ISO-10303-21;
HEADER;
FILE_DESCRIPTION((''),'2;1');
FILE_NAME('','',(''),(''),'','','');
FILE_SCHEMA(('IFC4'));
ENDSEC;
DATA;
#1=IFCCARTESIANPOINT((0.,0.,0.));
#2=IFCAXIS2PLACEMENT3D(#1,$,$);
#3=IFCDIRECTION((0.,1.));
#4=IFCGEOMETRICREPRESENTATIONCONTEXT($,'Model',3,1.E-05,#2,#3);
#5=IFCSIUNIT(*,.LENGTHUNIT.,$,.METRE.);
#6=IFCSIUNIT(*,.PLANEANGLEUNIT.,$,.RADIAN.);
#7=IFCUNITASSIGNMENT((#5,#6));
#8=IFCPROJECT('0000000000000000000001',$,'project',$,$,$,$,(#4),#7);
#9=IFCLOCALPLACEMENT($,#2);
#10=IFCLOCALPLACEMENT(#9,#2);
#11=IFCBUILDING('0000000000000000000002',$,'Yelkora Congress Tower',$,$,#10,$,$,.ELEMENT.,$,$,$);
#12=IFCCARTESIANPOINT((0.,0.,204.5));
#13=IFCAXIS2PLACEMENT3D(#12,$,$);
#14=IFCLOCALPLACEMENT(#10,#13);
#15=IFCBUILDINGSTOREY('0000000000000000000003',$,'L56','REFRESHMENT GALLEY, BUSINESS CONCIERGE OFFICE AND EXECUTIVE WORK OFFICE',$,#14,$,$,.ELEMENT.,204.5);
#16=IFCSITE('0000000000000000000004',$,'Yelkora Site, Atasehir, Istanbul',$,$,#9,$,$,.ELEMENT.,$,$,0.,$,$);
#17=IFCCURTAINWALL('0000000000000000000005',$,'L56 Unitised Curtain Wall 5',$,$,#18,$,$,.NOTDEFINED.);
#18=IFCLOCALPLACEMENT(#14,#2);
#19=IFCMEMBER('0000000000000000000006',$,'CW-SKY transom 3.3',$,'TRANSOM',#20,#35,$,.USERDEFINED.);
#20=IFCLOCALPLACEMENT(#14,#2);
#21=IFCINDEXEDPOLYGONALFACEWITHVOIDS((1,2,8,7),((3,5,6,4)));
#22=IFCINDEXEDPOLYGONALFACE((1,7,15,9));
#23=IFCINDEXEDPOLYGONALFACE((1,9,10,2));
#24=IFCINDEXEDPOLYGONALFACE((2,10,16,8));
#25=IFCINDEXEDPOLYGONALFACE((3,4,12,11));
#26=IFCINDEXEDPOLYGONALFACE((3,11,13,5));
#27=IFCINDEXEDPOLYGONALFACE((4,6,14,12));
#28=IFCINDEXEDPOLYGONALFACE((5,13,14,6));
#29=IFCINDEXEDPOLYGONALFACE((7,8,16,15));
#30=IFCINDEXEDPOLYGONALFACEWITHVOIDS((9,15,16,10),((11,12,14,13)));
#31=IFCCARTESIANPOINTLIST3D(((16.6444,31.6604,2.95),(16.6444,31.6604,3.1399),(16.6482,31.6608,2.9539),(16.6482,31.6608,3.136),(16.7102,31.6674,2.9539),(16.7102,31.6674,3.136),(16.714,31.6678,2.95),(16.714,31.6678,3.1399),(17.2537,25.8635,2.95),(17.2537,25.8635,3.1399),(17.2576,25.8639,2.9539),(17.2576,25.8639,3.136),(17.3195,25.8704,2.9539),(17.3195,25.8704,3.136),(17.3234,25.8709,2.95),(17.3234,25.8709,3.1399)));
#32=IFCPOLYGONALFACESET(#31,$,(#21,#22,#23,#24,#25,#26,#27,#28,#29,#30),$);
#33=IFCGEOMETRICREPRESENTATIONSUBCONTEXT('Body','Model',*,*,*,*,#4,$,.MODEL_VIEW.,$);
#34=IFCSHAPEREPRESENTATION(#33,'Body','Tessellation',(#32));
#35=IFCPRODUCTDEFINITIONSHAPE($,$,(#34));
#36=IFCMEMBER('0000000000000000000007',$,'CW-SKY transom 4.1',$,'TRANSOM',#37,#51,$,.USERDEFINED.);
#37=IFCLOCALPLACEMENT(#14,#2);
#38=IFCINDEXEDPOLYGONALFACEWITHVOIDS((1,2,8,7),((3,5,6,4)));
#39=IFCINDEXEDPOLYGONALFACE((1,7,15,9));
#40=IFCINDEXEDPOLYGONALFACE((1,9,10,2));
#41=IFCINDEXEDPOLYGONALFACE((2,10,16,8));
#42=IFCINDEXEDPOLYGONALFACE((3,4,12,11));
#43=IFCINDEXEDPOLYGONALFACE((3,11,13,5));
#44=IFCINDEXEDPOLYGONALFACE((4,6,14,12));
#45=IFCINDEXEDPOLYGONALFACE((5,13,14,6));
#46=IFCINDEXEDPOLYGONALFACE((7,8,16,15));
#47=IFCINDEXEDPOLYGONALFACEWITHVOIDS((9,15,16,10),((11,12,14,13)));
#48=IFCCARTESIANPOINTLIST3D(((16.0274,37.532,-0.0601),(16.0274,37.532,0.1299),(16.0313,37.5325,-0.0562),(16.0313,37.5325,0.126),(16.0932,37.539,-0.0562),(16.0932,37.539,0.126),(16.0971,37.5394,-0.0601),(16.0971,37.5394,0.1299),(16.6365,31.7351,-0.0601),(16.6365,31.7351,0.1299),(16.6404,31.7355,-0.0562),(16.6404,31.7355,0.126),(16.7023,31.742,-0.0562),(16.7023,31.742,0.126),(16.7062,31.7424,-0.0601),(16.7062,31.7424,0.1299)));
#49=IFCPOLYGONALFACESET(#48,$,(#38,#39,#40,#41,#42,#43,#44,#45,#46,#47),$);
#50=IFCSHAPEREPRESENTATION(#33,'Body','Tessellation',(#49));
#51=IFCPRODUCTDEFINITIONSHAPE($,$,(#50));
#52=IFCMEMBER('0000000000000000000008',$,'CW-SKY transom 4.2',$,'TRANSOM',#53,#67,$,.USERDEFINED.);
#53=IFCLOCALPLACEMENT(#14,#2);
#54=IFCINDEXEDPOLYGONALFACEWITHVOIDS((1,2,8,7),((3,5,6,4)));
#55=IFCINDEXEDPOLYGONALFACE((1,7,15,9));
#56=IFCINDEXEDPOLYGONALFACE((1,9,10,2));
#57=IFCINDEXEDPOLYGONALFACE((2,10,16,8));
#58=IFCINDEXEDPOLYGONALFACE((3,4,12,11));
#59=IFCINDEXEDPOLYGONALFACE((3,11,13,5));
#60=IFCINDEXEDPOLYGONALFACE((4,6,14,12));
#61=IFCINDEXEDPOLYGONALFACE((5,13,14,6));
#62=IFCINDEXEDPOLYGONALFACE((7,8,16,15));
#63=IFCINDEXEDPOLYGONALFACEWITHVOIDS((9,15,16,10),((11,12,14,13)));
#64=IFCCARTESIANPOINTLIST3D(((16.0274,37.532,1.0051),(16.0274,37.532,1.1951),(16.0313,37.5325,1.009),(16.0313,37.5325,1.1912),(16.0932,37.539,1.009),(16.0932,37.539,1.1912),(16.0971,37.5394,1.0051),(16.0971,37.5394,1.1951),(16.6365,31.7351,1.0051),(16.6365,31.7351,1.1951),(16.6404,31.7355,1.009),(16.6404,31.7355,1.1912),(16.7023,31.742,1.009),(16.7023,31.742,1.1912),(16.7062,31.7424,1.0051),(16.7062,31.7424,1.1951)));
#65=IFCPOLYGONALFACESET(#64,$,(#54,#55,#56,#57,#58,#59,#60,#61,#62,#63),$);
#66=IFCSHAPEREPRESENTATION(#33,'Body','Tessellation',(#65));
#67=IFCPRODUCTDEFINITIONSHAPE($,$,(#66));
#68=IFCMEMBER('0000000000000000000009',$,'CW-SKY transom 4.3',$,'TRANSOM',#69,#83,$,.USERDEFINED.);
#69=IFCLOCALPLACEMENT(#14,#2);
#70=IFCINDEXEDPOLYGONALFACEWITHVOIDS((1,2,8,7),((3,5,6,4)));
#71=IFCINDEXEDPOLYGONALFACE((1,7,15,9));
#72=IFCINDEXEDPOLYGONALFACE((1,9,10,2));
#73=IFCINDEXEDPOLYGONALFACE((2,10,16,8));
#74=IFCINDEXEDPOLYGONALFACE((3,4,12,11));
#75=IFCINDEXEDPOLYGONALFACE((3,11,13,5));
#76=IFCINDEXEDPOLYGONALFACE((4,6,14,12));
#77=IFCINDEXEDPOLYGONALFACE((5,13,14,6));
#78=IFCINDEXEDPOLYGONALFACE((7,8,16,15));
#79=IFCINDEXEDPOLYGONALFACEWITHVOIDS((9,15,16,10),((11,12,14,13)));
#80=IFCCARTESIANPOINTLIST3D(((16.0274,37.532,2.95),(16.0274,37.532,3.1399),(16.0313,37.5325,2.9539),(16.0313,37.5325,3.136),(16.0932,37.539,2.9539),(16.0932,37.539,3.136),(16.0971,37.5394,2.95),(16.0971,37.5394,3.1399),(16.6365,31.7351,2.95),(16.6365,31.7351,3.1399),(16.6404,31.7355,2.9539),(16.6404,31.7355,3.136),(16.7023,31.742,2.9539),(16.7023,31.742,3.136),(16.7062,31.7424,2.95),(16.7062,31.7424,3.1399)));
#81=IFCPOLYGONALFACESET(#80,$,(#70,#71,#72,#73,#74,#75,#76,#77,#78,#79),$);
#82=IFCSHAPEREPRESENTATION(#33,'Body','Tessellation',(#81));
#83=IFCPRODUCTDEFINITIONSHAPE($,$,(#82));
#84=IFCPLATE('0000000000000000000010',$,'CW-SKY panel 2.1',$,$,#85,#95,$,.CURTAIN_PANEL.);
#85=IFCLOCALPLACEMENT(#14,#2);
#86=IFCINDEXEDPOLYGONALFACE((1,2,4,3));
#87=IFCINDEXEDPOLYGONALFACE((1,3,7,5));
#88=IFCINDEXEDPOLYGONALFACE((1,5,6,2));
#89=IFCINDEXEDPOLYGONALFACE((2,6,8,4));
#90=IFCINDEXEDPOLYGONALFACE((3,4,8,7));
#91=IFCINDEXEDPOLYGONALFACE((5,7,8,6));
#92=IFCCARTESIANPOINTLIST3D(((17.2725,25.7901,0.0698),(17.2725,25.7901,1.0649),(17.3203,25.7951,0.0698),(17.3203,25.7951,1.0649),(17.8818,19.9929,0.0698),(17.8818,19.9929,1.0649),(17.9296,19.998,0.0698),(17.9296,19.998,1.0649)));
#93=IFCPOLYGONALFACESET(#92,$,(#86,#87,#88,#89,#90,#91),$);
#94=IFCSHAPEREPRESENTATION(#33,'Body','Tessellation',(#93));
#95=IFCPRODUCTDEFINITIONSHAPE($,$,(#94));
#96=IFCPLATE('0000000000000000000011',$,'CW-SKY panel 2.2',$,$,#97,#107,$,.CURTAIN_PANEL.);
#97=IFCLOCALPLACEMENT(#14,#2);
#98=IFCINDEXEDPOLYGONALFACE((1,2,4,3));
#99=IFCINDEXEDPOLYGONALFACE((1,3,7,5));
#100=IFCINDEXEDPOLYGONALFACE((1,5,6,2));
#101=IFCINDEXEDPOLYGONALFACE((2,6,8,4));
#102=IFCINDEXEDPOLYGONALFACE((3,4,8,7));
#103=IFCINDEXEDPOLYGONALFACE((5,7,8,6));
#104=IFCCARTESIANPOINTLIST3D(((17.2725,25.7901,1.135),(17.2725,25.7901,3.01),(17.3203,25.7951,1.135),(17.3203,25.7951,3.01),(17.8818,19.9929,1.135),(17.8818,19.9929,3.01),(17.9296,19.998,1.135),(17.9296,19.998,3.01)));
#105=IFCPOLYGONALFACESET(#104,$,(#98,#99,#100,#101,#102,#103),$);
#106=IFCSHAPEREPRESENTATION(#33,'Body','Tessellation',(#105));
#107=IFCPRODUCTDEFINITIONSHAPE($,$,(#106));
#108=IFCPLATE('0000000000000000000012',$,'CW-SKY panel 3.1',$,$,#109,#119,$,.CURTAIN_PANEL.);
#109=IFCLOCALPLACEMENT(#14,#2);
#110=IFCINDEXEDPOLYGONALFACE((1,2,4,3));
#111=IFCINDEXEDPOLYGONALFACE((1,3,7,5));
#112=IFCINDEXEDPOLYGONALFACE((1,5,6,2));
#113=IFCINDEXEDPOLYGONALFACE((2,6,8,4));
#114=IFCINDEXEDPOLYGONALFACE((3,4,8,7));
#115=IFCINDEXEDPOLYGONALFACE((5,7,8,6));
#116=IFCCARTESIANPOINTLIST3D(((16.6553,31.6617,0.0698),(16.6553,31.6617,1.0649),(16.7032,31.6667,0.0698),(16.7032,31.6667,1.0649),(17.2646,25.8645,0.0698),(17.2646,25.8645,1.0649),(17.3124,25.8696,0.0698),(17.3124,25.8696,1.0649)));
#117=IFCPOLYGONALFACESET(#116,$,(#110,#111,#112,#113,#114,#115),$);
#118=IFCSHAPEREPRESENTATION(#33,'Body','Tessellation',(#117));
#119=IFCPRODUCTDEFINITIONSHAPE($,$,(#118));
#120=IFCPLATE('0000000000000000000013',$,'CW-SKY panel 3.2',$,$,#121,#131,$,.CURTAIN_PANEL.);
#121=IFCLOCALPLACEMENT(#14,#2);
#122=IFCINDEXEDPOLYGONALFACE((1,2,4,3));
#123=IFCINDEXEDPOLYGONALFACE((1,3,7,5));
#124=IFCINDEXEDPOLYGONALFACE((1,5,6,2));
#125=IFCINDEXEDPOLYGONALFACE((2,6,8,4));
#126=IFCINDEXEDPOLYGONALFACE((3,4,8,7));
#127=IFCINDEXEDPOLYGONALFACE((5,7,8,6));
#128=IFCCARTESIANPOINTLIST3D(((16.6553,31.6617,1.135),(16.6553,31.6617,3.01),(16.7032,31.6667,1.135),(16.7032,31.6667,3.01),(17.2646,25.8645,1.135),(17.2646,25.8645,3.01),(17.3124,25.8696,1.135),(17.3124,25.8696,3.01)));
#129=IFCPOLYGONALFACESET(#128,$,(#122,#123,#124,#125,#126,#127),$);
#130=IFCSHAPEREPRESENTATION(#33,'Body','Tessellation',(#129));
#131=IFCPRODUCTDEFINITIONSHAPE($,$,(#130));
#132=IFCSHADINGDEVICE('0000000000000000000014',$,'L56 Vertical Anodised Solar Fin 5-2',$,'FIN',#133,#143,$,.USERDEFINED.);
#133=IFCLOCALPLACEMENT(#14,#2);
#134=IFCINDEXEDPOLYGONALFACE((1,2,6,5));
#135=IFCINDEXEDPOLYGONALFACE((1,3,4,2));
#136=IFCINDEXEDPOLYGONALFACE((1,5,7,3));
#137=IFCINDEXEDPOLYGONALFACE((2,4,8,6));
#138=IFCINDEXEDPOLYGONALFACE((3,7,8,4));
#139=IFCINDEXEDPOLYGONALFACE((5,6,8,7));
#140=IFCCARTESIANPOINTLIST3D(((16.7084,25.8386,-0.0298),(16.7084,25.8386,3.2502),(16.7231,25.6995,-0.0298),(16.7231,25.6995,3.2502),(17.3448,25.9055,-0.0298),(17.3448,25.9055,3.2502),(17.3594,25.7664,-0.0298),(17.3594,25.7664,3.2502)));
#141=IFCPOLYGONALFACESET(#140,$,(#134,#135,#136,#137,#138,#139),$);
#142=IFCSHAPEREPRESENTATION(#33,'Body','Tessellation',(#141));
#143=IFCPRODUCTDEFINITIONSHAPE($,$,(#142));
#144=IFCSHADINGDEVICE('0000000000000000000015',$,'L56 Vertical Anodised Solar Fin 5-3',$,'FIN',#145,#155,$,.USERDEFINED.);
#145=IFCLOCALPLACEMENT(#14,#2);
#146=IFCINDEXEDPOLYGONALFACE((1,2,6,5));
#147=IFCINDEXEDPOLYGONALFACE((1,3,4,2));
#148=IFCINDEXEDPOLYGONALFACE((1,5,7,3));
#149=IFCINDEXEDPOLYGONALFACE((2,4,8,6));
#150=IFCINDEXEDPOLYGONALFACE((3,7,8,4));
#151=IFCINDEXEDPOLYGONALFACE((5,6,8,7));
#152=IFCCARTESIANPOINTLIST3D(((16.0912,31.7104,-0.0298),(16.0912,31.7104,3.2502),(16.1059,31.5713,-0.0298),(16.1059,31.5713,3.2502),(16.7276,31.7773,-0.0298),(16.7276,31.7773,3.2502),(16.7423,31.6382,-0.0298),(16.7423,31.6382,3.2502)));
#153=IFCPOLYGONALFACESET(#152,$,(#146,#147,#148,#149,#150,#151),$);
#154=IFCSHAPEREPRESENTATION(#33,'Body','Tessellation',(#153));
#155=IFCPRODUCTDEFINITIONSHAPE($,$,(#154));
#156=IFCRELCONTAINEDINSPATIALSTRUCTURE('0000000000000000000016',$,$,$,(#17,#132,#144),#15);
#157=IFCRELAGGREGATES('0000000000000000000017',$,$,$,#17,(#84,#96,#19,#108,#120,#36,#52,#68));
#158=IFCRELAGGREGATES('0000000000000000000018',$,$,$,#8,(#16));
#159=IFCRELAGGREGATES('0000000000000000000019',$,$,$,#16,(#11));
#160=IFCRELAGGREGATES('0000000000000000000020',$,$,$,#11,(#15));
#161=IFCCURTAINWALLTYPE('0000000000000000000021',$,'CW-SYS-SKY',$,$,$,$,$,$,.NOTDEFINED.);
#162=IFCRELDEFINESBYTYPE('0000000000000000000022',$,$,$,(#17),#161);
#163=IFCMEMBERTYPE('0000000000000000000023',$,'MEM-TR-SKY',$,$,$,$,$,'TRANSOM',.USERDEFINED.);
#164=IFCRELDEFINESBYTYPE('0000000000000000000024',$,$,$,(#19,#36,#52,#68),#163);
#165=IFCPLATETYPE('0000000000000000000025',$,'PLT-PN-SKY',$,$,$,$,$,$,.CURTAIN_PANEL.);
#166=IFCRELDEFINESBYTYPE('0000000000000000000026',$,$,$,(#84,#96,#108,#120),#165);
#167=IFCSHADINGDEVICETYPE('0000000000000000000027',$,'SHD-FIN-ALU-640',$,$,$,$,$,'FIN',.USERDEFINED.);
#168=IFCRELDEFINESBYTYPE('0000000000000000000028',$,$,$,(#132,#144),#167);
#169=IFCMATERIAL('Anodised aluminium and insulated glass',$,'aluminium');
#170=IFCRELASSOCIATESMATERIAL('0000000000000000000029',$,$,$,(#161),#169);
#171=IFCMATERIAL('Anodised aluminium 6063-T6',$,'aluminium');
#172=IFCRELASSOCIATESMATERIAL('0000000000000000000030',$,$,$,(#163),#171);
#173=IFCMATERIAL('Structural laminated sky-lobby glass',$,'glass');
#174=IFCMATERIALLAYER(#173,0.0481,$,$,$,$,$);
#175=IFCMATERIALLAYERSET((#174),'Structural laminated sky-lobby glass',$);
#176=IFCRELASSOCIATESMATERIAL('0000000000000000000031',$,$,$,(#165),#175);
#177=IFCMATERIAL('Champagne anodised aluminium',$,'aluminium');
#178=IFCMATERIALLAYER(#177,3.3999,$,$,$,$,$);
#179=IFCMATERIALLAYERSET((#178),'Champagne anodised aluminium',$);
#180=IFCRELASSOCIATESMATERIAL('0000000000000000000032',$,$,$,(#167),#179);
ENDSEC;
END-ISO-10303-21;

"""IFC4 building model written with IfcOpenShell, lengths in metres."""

from ifc_helpers import new_model, si_unit, direction, frame, origin, origin_2d, place, context, subcontext, project, spatial, rectangle, hollow_rectangle, extrude, material, layer, layer_set, material_profile, profile_set, type_object, element, aggregate, save


model = new_model("IFC4")

# Units and contexts
model_context = context("Model", 3, precision=1e-05, world=origin(), true_north=direction((0.0, 1.0)))
body_context = subcontext(model_context, "Body", "Model", "MODEL_VIEW")
ifc_project = project(units=[si_unit("LENGTHUNIT", "METRE"), si_unit("PLANEANGLEUNIT", "RADIAN")], contexts=[model_context])

# Site, building, storey
site_placement = place(None, origin())
site = spatial("IfcSite", under=ifc_project, at=site_placement, Name="Yelkora Site, Atasehir, Istanbul", CompositionType="ELEMENT", RefElevation=0.0)
building_placement = place(site_placement, origin())
building = spatial("IfcBuilding", under=site, at=building_placement, Name="Yelkora Congress Tower", CompositionType="ELEMENT")
storey_placement = place(building_placement, frame((0.0, 0.0, 204.5)))
storey = spatial("IfcBuildingStorey", under=building, at=storey_placement, Name="L56", Description="REFRESHMENT GALLEY, BUSINESS CONCIERGE OFFICE AND EXECUTIVE WORK OFFICE", CompositionType="ELEMENT", Elevation=204.5)

# Curtain wall, members, plates
ifc_material_1 = material(Name="Anodised aluminium and insulated glass", Category="aluminium")
curtain_wall_type = type_object("IfcCurtainWallType", Name="CW-SYS-SKY", PredefinedType="NOTDEFINED", material=ifc_material_1)
curtain_wall_placement = place(storey_placement, origin())
curtain_wall = element("IfcCurtainWall", 1, at=curtain_wall_placement, inside=storey, type_object=curtain_wall_type, Name="L56 Unitised Curtain Wall 5", PredefinedType="NOTDEFINED")
ifc_material_2 = material(Name="Anodised aluminium 6063-T6", Category="aluminium")
ifc_material_profile_1 = material_profile(ifc_material_2, hollow_rectangle(XDim=0.0701, YDim=0.1899, WallThickness=0.0039, at=origin_2d()), Name="ALU 70x190x4")
ifc_profile_set_1 = profile_set([ifc_material_profile_1], Name="Anodised aluminium 6063-T6")
member_type_1 = type_object("IfcMemberType", Name="MEM-TR-SKY", ElementType="TRANSOM", PredefinedType="USERDEFINED", material=ifc_profile_set_1)
member_1_placement = place(storey_placement, frame((17.2886, 25.8672, 3.0449), z_axis=(-0.104545, 0.99452, 0.0), x_axis=(-0.99452, -0.104545, 0.0)))
member_1 = element("IfcMember", 2, at=member_1_placement, type_object=member_type_1, Name="CW-SKY transom 3.3", ObjectType="TRANSOM", PredefinedType="USERDEFINED", context=body_context, shape_type="SweptSolid", body=[
    extrude(hollow_rectangle(XDim=0.0701, YDim=0.1899, WallThickness=0.0039, at=origin_2d()), origin(), (0.0, 0.0, 1.0), 5.8289),
])
member_2_placement = place(storey_placement, frame((16.6714, 31.7388, 0.0349), z_axis=(-0.104504, 0.994524, 0.0), x_axis=(-0.994524, -0.104504, 0.0)))
member_2 = element("IfcMember", 3, at=member_2_placement, type_object=member_type_1, Name="CW-SKY transom 4.1", ObjectType="TRANSOM", PredefinedType="USERDEFINED", context=body_context, shape_type="SweptSolid", body=[
    extrude(hollow_rectangle(XDim=0.0701, YDim=0.1899, WallThickness=0.0039, at=origin_2d()), origin(), (0.0, 0.0, 1.0), 5.8289),
])
member_3_placement = place(storey_placement, frame((16.6714, 31.7388, 1.1001), z_axis=(-0.104504, 0.994524, 0.0), x_axis=(-0.994524, -0.104504, 0.0)))
member_3 = element("IfcMember", 4, at=member_3_placement, type_object=member_type_1, Name="CW-SKY transom 4.2", ObjectType="TRANSOM", PredefinedType="USERDEFINED", context=body_context, shape_type="SweptSolid", body=[
    extrude(hollow_rectangle(XDim=0.0701, YDim=0.1899, WallThickness=0.0039, at=origin_2d()), origin(), (0.0, 0.0, 1.0), 5.8289),
])
member_4_placement = place(storey_placement, frame((16.6714, 31.7388, 3.0449), z_axis=(-0.104504, 0.994524, 0.0), x_axis=(-0.994524, -0.104504, 0.0)))
member_4 = element("IfcMember", 5, at=member_4_placement, type_object=member_type_1, Name="CW-SKY transom 4.3", ObjectType="TRANSOM", PredefinedType="USERDEFINED", context=body_context, shape_type="SweptSolid", body=[
    extrude(hollow_rectangle(XDim=0.0701, YDim=0.1899, WallThickness=0.0039, at=origin_2d()), origin(), (0.0, 0.0, 1.0), 5.8289),
])
ifc_material_3 = material(Name="Structural laminated sky-lobby glass", Category="glass")
ifc_layer_1 = layer(ifc_material_3, 0.0481)
ifc_layer_set_1 = layer_set([ifc_layer_1], Name="Structural laminated sky-lobby glass")
plate_type = type_object("IfcPlateType", Name="PLT-PN-SKY", PredefinedType="CURTAIN_PANEL", material=ifc_layer_set_1)
plate_1_placement = place(storey_placement, frame((17.6011, 22.894, 0.0698), z_axis=(0.0, 0.0, 1.0), x_axis=(-0.104526, 0.994522, 0.0)))
plate_1 = element("IfcPlate", 6, at=plate_1_placement, type_object=plate_type, Name="CW-SKY panel 2.1", PredefinedType="CURTAIN_PANEL", context=body_context, shape_type="SweptSolid", body=[
    extrude(rectangle(XDim=5.8291, YDim=0.0481, at=origin_2d()), origin(), (0.0, 0.0, 1.0), 0.9951),
])
plate_2_placement = place(storey_placement, frame((17.6011, 22.894, 1.135), z_axis=(0.0, 0.0, 1.0), x_axis=(-0.104526, 0.994522, 0.0)))
plate_2 = element("IfcPlate", 7, at=plate_2_placement, type_object=plate_type, Name="CW-SKY panel 2.2", PredefinedType="CURTAIN_PANEL", context=body_context, shape_type="SweptSolid", body=[
    extrude(rectangle(XDim=5.8291, YDim=0.0481, at=origin_2d()), origin(), (0.0, 0.0, 1.0), 1.875),
])
plate_3_placement = place(storey_placement, frame((16.9839, 28.7656, 0.0698), z_axis=(0.0, 0.0, 1.0), x_axis=(-0.104526, 0.994522, 0.0)))
plate_3 = element("IfcPlate", 8, at=plate_3_placement, type_object=plate_type, Name="CW-SKY panel 3.1", PredefinedType="CURTAIN_PANEL", context=body_context, shape_type="SweptSolid", body=[
    extrude(rectangle(XDim=5.8291, YDim=0.0481, at=origin_2d()), origin(), (0.0, 0.0, 1.0), 0.9951),
])
plate_4_placement = place(storey_placement, frame((16.9839, 28.7656, 1.135), z_axis=(0.0, 0.0, 1.0), x_axis=(-0.104526, 0.994522, 0.0)))
plate_4 = element("IfcPlate", 9, at=plate_4_placement, type_object=plate_type, Name="CW-SKY panel 3.2", PredefinedType="CURTAIN_PANEL", context=body_context, shape_type="SweptSolid", body=[
    extrude(rectangle(XDim=5.8291, YDim=0.0481, at=origin_2d()), origin(), (0.0, 0.0, 1.0), 1.875),
])
aggregate(curtain_wall, [plate_1, plate_2, member_1, plate_3, plate_4, member_2, member_3, member_4])

# Shading devices
ifc_material_4 = material(Name="Champagne anodised aluminium", Category="aluminium")
ifc_layer_2 = layer(ifc_material_4, 3.3999)
ifc_layer_set_2 = layer_set([ifc_layer_2], Name="Champagne anodised aluminium")
shading_device_type = type_object("IfcShadingDeviceType", Name="SHD-FIN-ALU-640", ElementType="FIN", PredefinedType="USERDEFINED", material=ifc_layer_set_2)
for number, where, z_axis, x_axis, name in (
    (10, (17.0339, 25.8025, -0.0298), (0.0, 0.0, 1.0), (-0.104528, 0.994522, 0.0), "L56 Vertical Anodised Solar Fin 5-2"),
    (11, (16.4167, 31.6743, -0.0298), (0.0, 0.0, 1.0), (-0.104528, 0.994522, 0.0), "L56 Vertical Anodised Solar Fin 5-3"),
):
    element("IfcShadingDevice", number, at=place(storey_placement, frame(where, z_axis=z_axis, x_axis=x_axis)), inside=storey, type_object=shading_device_type, Name=name, ObjectType="FIN", PredefinedType="USERDEFINED", context=body_context, shape_type="SweptSolid", body=[
        extrude(rectangle(XDim=0.1399, YDim=0.6399, at=origin_2d()), origin(), (0.0, 0.0, 1.0), 3.28),
    ])

save(model, "model.ifc")
